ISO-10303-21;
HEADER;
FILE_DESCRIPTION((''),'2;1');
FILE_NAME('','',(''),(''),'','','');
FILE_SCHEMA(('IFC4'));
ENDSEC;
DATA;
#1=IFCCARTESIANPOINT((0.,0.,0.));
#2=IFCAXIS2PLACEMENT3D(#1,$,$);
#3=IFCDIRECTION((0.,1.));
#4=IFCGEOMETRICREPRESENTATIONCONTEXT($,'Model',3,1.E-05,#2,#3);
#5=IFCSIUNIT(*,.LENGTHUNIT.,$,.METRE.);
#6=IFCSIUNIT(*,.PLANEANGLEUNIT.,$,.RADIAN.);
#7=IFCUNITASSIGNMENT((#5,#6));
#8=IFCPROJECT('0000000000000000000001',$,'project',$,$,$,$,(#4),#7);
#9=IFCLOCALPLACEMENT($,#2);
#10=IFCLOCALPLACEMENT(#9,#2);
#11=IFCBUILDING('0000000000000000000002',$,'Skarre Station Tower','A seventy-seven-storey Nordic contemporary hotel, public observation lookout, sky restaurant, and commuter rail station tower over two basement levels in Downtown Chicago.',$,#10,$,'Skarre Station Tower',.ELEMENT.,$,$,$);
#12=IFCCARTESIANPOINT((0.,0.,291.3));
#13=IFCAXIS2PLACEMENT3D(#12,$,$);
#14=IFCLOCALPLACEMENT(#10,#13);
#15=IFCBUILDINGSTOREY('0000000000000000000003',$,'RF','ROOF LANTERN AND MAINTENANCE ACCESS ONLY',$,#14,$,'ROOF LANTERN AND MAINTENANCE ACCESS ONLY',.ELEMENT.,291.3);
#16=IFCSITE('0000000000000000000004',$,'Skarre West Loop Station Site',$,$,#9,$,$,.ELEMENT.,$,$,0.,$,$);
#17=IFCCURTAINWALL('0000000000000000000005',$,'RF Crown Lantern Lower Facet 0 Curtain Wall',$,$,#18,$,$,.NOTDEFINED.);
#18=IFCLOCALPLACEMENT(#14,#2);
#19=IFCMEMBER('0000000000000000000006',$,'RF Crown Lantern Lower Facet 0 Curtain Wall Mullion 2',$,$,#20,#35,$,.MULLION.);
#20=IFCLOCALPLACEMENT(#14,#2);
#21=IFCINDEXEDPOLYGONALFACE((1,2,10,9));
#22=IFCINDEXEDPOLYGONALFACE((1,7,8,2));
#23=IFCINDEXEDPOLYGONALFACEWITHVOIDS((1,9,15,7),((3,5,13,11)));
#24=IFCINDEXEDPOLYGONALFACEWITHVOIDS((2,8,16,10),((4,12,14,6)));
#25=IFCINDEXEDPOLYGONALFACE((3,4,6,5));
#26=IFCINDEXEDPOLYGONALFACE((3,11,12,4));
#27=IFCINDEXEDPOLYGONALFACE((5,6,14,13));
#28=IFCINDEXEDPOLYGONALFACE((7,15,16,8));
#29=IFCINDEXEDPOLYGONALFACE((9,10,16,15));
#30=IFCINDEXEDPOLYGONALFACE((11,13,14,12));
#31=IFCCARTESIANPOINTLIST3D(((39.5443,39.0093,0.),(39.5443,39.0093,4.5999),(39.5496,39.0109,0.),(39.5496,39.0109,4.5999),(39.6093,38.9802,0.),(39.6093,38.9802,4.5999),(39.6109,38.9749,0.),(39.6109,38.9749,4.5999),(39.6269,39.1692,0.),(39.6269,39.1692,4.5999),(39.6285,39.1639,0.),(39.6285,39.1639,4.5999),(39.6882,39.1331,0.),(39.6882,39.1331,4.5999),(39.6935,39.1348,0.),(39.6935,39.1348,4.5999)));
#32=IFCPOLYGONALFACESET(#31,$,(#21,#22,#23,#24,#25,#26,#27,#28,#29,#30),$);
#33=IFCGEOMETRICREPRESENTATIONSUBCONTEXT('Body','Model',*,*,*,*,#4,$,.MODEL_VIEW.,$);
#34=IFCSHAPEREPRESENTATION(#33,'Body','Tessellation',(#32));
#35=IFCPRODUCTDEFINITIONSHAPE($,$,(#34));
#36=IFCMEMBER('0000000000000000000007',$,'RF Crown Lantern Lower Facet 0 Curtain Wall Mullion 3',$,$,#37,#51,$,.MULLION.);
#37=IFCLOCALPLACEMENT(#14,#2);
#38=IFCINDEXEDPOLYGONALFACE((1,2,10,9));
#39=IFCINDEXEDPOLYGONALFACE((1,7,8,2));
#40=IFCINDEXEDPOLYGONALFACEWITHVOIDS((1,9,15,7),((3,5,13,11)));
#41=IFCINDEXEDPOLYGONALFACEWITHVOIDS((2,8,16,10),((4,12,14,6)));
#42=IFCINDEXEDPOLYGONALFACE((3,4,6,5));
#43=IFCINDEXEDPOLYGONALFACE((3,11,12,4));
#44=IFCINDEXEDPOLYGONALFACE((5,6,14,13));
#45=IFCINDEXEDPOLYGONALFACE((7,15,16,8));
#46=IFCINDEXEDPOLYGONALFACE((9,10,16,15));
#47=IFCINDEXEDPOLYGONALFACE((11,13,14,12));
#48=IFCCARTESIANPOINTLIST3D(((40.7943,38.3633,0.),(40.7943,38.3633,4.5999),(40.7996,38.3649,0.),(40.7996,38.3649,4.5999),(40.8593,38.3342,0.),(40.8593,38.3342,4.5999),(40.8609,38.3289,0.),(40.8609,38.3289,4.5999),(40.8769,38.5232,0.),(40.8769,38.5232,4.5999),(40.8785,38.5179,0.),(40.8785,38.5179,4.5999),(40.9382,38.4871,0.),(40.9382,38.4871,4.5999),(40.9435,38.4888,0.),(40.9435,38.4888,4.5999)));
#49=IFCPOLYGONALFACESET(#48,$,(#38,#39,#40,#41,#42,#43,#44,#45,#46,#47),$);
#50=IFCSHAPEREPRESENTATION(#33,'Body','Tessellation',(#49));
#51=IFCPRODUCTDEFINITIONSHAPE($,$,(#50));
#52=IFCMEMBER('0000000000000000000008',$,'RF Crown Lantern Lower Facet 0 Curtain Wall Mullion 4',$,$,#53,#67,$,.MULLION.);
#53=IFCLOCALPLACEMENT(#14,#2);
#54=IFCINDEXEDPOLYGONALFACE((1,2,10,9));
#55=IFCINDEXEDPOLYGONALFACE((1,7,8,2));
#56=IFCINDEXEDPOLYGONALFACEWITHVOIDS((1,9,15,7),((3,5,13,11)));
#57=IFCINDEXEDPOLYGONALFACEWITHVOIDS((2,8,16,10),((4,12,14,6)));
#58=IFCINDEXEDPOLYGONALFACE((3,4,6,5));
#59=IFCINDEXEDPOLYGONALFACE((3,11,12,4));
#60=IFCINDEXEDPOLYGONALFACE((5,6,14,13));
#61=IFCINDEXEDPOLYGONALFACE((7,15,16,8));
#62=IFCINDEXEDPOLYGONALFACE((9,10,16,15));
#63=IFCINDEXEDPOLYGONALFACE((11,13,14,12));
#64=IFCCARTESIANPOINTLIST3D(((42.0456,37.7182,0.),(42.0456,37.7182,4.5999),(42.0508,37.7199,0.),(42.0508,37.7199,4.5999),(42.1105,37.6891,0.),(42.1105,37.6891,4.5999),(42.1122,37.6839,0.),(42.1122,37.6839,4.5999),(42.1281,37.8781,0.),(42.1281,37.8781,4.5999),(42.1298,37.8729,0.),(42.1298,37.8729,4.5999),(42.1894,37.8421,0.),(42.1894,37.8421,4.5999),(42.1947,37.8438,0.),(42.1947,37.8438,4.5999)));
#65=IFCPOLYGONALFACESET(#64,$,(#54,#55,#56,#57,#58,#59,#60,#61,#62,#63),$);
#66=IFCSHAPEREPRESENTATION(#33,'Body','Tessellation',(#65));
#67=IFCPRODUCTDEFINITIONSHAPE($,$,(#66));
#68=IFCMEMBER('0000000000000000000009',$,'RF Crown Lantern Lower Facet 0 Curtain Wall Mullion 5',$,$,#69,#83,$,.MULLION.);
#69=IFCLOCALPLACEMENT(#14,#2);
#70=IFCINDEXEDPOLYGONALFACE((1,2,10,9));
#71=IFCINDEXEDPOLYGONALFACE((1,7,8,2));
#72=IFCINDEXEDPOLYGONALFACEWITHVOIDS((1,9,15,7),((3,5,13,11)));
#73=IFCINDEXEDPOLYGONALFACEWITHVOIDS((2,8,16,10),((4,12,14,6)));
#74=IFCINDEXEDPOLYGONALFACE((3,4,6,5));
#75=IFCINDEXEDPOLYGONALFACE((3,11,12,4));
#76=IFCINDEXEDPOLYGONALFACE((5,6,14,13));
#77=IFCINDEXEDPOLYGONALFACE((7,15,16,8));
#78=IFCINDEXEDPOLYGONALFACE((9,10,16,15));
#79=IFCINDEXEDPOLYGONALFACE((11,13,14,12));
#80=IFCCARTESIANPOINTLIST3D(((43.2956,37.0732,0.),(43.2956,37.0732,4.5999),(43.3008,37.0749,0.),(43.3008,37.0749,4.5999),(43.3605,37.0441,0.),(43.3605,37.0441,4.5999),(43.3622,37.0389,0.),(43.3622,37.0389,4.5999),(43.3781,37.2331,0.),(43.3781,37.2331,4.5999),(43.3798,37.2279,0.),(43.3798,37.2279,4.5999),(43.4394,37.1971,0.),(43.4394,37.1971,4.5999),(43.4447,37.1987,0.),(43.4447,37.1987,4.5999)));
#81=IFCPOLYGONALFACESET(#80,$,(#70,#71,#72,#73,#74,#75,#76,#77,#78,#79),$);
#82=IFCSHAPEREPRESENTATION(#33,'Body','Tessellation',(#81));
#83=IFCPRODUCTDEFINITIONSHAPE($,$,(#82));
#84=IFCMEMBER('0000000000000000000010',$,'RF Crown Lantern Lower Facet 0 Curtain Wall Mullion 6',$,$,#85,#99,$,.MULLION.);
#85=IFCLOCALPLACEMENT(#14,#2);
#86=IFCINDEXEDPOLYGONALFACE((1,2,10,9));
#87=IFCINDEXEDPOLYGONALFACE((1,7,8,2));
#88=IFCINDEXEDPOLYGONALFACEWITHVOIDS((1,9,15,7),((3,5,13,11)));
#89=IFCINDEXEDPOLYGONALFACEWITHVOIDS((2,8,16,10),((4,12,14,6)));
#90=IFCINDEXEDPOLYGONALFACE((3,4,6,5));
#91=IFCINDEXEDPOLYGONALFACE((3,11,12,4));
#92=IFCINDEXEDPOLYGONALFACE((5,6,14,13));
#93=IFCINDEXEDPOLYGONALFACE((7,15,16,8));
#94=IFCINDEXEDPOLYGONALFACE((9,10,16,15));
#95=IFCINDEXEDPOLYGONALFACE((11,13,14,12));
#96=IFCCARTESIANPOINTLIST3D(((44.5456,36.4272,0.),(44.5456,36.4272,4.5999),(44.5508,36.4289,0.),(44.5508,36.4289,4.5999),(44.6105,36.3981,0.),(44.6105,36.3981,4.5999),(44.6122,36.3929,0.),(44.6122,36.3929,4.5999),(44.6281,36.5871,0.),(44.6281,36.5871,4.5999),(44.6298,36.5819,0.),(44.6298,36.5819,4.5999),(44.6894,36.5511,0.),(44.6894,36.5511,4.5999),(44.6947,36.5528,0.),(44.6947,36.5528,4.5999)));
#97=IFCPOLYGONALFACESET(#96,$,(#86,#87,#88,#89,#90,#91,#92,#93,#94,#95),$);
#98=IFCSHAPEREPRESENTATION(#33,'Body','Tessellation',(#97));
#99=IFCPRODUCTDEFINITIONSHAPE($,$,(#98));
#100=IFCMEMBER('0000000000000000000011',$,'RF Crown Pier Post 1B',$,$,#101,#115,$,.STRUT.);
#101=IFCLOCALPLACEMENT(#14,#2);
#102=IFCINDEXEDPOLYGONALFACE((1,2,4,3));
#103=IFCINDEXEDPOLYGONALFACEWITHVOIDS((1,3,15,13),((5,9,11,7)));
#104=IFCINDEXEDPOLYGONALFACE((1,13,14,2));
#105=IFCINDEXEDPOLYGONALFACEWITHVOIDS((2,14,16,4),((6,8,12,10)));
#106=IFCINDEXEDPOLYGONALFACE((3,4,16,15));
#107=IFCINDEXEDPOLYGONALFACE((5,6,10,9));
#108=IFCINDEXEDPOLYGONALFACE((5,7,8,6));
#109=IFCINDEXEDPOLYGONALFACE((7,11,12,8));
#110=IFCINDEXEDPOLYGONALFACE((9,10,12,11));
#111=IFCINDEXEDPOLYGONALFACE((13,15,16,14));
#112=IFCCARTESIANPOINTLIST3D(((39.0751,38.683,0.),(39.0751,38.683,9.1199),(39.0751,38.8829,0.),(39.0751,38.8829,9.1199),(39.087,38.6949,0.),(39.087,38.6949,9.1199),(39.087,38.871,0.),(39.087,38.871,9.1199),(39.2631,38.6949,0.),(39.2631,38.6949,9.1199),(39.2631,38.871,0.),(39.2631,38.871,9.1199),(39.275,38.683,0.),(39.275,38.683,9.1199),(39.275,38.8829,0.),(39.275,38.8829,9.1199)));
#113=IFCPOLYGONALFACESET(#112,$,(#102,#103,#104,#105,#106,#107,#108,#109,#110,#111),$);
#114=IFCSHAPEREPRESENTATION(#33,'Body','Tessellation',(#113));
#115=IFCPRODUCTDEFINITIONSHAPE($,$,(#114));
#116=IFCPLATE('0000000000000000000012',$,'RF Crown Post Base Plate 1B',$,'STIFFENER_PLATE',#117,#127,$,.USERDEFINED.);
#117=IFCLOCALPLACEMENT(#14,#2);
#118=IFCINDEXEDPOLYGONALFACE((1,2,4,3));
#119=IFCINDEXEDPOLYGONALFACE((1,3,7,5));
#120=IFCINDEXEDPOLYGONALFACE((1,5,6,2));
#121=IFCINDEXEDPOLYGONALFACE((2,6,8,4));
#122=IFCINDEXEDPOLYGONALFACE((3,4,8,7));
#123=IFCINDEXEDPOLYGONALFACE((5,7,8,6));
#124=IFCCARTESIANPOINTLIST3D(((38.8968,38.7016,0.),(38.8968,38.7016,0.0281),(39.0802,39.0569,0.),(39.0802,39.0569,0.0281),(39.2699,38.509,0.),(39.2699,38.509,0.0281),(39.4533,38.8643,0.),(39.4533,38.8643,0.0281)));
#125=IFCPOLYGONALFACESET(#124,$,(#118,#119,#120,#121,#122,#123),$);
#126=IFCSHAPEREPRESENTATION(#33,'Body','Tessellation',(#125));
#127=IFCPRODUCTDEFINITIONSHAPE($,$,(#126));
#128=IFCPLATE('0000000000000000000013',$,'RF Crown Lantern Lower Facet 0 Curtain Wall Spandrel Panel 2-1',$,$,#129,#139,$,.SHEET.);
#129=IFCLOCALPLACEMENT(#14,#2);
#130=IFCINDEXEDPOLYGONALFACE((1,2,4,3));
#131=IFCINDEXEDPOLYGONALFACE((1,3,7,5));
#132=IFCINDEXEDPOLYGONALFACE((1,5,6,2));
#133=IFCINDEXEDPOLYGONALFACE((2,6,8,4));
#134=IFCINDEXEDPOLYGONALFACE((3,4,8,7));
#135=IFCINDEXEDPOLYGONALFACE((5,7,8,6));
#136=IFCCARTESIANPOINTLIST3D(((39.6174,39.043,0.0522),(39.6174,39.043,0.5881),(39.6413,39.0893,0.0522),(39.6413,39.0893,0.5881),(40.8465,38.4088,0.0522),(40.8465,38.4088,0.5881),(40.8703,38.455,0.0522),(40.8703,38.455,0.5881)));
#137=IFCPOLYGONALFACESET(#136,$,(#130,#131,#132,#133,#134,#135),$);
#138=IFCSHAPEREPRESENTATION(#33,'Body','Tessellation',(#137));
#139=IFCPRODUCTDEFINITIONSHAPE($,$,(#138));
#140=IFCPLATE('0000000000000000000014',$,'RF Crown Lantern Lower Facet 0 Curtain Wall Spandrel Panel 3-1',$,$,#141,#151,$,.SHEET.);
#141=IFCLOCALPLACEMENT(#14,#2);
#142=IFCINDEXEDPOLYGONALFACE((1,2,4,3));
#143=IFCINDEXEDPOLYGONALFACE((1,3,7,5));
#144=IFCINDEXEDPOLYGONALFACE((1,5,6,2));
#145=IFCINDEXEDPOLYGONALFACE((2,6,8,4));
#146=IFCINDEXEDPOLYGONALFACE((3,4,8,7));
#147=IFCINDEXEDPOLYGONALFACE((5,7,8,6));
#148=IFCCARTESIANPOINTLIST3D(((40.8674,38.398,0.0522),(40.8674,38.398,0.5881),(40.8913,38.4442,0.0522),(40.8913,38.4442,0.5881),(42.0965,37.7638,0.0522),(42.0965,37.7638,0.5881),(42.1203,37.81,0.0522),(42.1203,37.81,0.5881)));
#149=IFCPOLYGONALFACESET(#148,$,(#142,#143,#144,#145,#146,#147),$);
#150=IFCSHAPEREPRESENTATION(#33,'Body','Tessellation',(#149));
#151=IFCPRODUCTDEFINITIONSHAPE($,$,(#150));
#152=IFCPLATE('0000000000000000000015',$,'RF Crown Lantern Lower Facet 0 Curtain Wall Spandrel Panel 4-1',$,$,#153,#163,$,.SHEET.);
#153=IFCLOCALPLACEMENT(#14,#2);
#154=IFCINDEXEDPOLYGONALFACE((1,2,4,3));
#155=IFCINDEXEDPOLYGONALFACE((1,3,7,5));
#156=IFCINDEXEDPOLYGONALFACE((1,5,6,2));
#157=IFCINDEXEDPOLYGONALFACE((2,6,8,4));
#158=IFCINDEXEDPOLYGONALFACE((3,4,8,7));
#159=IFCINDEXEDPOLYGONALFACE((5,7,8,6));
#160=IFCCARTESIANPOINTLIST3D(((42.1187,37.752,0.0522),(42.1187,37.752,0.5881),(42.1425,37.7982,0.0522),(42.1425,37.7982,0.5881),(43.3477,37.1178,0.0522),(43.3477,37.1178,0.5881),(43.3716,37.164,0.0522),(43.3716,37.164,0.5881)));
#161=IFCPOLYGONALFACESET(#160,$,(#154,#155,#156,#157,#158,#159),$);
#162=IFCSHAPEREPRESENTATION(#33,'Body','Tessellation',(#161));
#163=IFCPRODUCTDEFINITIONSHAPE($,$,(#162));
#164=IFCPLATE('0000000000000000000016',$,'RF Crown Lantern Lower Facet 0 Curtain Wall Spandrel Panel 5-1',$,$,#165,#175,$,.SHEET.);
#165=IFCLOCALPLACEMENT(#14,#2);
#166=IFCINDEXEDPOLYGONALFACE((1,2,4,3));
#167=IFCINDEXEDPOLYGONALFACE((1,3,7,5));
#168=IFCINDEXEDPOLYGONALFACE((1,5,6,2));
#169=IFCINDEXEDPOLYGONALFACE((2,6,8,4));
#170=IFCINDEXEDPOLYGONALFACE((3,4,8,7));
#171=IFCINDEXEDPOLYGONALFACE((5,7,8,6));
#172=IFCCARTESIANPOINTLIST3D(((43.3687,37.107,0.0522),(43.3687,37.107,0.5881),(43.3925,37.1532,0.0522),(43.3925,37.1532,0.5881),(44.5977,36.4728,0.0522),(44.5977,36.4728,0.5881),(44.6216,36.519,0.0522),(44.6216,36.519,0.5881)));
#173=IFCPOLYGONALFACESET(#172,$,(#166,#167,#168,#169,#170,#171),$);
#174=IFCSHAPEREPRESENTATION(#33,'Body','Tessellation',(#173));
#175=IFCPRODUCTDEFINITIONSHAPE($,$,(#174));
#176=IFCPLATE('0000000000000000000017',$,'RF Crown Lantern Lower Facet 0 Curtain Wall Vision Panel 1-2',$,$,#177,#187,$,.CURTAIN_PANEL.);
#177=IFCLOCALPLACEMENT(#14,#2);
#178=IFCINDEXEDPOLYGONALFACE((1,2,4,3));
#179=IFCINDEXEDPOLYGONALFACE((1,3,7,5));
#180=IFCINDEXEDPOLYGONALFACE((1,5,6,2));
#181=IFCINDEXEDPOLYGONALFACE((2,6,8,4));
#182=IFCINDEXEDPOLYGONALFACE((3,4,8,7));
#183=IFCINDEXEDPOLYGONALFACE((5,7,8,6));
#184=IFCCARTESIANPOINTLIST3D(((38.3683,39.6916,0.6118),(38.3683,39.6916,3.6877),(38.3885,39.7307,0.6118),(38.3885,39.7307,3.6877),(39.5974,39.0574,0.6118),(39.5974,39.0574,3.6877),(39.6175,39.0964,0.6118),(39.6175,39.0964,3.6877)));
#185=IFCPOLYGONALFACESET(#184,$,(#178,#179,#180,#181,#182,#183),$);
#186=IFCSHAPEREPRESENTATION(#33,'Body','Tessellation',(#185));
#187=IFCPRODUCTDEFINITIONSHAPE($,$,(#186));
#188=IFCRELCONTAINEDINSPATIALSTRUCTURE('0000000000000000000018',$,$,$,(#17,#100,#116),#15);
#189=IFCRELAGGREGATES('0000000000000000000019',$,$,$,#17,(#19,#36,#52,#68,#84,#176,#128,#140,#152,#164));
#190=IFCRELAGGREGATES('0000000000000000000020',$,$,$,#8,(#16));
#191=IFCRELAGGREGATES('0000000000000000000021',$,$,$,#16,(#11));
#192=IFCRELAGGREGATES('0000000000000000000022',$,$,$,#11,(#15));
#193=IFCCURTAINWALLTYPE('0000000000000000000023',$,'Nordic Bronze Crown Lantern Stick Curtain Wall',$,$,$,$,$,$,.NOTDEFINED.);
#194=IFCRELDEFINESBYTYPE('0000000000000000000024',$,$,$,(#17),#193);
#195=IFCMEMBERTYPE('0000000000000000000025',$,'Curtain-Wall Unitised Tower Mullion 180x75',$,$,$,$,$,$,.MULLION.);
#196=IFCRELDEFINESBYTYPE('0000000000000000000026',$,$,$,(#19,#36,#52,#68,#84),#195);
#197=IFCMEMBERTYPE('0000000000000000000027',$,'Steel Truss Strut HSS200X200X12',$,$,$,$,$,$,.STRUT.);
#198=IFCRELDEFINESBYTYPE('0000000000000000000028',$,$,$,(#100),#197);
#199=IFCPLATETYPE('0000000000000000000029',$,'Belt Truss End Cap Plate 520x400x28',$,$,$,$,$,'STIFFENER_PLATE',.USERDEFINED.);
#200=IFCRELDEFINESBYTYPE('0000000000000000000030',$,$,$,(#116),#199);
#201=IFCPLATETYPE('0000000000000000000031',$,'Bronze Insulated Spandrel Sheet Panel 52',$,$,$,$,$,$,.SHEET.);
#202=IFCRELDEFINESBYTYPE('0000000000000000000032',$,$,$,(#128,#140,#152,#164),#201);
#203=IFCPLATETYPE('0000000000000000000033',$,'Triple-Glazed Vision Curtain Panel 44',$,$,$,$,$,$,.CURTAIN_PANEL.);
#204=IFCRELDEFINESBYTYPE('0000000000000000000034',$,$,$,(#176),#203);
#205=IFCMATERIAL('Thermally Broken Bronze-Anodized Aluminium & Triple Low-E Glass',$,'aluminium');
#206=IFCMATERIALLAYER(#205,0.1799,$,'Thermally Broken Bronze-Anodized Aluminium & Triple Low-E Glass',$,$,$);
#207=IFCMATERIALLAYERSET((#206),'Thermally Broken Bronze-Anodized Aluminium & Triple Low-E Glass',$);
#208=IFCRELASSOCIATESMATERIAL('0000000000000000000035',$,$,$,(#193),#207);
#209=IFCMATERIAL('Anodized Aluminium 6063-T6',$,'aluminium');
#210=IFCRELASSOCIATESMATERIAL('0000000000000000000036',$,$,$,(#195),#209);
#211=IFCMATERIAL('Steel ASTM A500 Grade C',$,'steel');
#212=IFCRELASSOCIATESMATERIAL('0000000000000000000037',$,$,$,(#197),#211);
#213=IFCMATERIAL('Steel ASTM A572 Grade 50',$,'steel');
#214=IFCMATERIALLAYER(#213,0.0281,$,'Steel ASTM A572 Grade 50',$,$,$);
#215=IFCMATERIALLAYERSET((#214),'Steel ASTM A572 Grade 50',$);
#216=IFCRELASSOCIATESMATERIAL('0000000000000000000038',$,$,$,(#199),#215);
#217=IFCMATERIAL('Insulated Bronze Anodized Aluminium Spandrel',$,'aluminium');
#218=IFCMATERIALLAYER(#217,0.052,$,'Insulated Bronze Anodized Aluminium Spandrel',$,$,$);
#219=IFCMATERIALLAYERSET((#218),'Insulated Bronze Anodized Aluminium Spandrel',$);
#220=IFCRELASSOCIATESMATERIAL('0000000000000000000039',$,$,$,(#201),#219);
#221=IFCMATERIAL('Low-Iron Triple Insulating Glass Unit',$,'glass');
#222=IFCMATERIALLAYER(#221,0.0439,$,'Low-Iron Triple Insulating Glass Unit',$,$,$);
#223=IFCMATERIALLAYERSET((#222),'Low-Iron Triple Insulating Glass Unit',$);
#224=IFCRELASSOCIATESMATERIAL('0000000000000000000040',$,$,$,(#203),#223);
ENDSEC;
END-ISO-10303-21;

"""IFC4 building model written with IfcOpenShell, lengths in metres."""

from ifc_helpers import new_model, si_unit, direction, frame, origin, origin_2d, place, context, subcontext, project, spatial, rectangle, hollow_rectangle, extrude, material, layer, layer_set, material_profile, profile_set, type_object, element, aggregate, save


model = new_model("IFC4")

# Units and contexts
model_context = context("Model", 3, precision=1e-05, world=origin(), true_north=direction((0.0, 1.0)))
body_context = subcontext(model_context, "Body", "Model", "MODEL_VIEW")
ifc_project = project(units=[si_unit("LENGTHUNIT", "METRE"), si_unit("PLANEANGLEUNIT", "RADIAN")], contexts=[model_context])

# Site, building, storey
site_placement = place(None, origin())
site = spatial("IfcSite", under=ifc_project, at=site_placement, Name="Skarre West Loop Station Site", CompositionType="ELEMENT", RefElevation=0.0)
building_placement = place(site_placement, origin())
building = spatial("IfcBuilding", under=site, at=building_placement, Name="Skarre Station Tower", Description="A seventy-seven-storey Nordic contemporary hotel, public observation lookout, sky restaurant, and commuter rail station tower over two basement levels in Downtown Chicago.", LongName="Skarre Station Tower", CompositionType="ELEMENT")
storey_placement = place(building_placement, frame((0.0, 0.0, 291.3)))
storey = spatial("IfcBuildingStorey", under=building, at=storey_placement, Name="RF", Description="ROOF LANTERN AND MAINTENANCE ACCESS ONLY", LongName="ROOF LANTERN AND MAINTENANCE ACCESS ONLY", CompositionType="ELEMENT", Elevation=291.3)

# Curtain wall, members
ifc_material_1 = material(Name="Thermally Broken Bronze-Anodized Aluminium & Triple Low-E Glass", Category="aluminium")
ifc_layer_1 = layer(ifc_material_1, 0.1799, Name="Thermally Broken Bronze-Anodized Aluminium & Triple Low-E Glass")
ifc_layer_set_1 = layer_set([ifc_layer_1], Name="Thermally Broken Bronze-Anodized Aluminium & Triple Low-E Glass")
curtain_wall_type = type_object("IfcCurtainWallType", Name="Nordic Bronze Crown Lantern Stick Curtain Wall", PredefinedType="NOTDEFINED", material=ifc_layer_set_1)
curtain_wall_placement = place(storey_placement, origin())
curtain_wall = element("IfcCurtainWall", 1, at=curtain_wall_placement, inside=storey, type_object=curtain_wall_type, Name="RF Crown Lantern Lower Facet 0 Curtain Wall", PredefinedType="NOTDEFINED")
ifc_material_2 = material(Name="Anodized Aluminium 6063-T6", Category="aluminium")
ifc_material_profile_1 = material_profile(ifc_material_2, hollow_rectangle(XDim=0.075, YDim=0.1799, WallThickness=0.0039, at=origin_2d()), Name="Anodized Aluminium 6063-T6")
ifc_profile_set_1 = profile_set([ifc_material_profile_1], Name="Anodized Aluminium 6063-T6")
member_type_1 = type_object("IfcMemberType", Name="Curtain-Wall Unitised Tower Mullion 180x75", PredefinedType="MULLION", material=ifc_profile_set_1)
member_1_placement = place(storey_placement, frame((39.6189, 39.072, 0.0), z_axis=(0.0, 0.0, 1.0), x_axis=(0.888649, -0.458588, 0.0)))
member_1 = element("IfcMember", 2, at=member_1_placement, type_object=member_type_1, Name="RF Crown Lantern Lower Facet 0 Curtain Wall Mullion 2", PredefinedType="MULLION", context=body_context, shape_type="SweptSolid", body=[
    extrude(hollow_rectangle(XDim=0.075, YDim=0.1799, WallThickness=0.0039, at=origin_2d()), origin(), (0.0, 0.0, 1.0), 4.5999),
])
member_2_placement = place(storey_placement, frame((40.8689, 38.426, 0.0), z_axis=(0.0, 0.0, 1.0), x_axis=(0.888649, -0.458588, 0.0)))
member_2 = element("IfcMember", 3, at=member_2_placement, type_object=member_type_1, Name="RF Crown Lantern Lower Facet 0 Curtain Wall Mullion 3", PredefinedType="MULLION", context=body_context, shape_type="SweptSolid", body=[
    extrude(hollow_rectangle(XDim=0.075, YDim=0.1799, WallThickness=0.0039, at=origin_2d()), origin(), (0.0, 0.0, 1.0), 4.5999),
])
member_3_placement = place(storey_placement, frame((42.1201, 37.781, 0.0), z_axis=(0.0, 0.0, 1.0), x_axis=(0.888649, -0.458588, 0.0)))
member_3 = element("IfcMember", 4, at=member_3_placement, type_object=member_type_1, Name="RF Crown Lantern Lower Facet 0 Curtain Wall Mullion 4", PredefinedType="MULLION", context=body_context, shape_type="SweptSolid", body=[
    extrude(hollow_rectangle(XDim=0.075, YDim=0.1799, WallThickness=0.0039, at=origin_2d()), origin(), (0.0, 0.0, 1.0), 4.5999),
])
member_4_placement = place(storey_placement, frame((43.3701, 37.136, 0.0), z_axis=(0.0, 0.0, 1.0), x_axis=(0.888649, -0.458588, 0.0)))
member_4 = element("IfcMember", 5, at=member_4_placement, type_object=member_type_1, Name="RF Crown Lantern Lower Facet 0 Curtain Wall Mullion 5", PredefinedType="MULLION", context=body_context, shape_type="SweptSolid", body=[
    extrude(hollow_rectangle(XDim=0.075, YDim=0.1799, WallThickness=0.0039, at=origin_2d()), origin(), (0.0, 0.0, 1.0), 4.5999),
])
member_5_placement = place(storey_placement, frame((44.6201, 36.49, 0.0), z_axis=(0.0, 0.0, 1.0), x_axis=(0.888649, -0.458588, 0.0)))
member_5 = element("IfcMember", 6, at=member_5_placement, type_object=member_type_1, Name="RF Crown Lantern Lower Facet 0 Curtain Wall Mullion 6", PredefinedType="MULLION", context=body_context, shape_type="SweptSolid", body=[
    extrude(hollow_rectangle(XDim=0.075, YDim=0.1799, WallThickness=0.0039, at=origin_2d()), origin(), (0.0, 0.0, 1.0), 4.5999),
])

# Member
ifc_material_3 = material(Name="Steel ASTM A500 Grade C", Category="steel")
ifc_material_profile_2 = material_profile(ifc_material_3, hollow_rectangle(XDim=0.2, YDim=0.2, WallThickness=0.012, at=origin_2d()), Name="Steel ASTM A500 Grade C")
ifc_profile_set_2 = profile_set([ifc_material_profile_2], Name="Steel ASTM A500 Grade C")
member_type_2 = type_object("IfcMemberType", Name="Steel Truss Strut HSS200X200X12", PredefinedType="STRUT", material=ifc_profile_set_2)
member_6_placement = place(storey_placement, frame((39.175, 38.783, 0.0), z_axis=(0.0, 0.0, 1.0), x_axis=(1.0, 0.0, 0.0)))
element("IfcMember", 7, at=member_6_placement, inside=storey, type_object=member_type_2, Name="RF Crown Pier Post 1B", PredefinedType="STRUT", context=body_context, shape_type="SweptSolid", body=[
    extrude(hollow_rectangle(XDim=0.2, YDim=0.2, WallThickness=0.012, at=origin_2d()), origin(), (0.0, 0.0, 1.0), 9.1199),
])

# Plates
ifc_material_4 = material(Name="Steel ASTM A572 Grade 50", Category="steel")
ifc_layer_2 = layer(ifc_material_4, 0.0281, Name="Steel ASTM A572 Grade 50")
ifc_layer_set_2 = layer_set([ifc_layer_2], Name="Steel ASTM A572 Grade 50")
plate_type_1 = type_object("IfcPlateType", Name="Belt Truss End Cap Plate 520x400x28", ElementType="STIFFENER_PLATE", PredefinedType="USERDEFINED", material=ifc_layer_set_2)
plate_1_placement = place(storey_placement, frame((39.175, 38.783, 0.0), z_axis=(0.0, 0.0, 1.0), x_axis=(-0.888601, 0.458681, 0.0)))
element("IfcPlate", 8, at=plate_1_placement, inside=storey, type_object=plate_type_1, Name="RF Crown Post Base Plate 1B", ObjectType="STIFFENER_PLATE", PredefinedType="USERDEFINED", context=body_context, shape_type="SweptSolid", body=[
    extrude(rectangle(XDim=0.4199, YDim=0.3999, at=origin_2d()), origin(), (0.0, 0.0, 1.0), 0.0281),
])
ifc_material_5 = material(Name="Insulated Bronze Anodized Aluminium Spandrel", Category="aluminium")
ifc_layer_3 = layer(ifc_material_5, 0.052, Name="Insulated Bronze Anodized Aluminium Spandrel")
ifc_layer_set_3 = layer_set([ifc_layer_3], Name="Insulated Bronze Anodized Aluminium Spandrel")
plate_type_2 = type_object("IfcPlateType", Name="Bronze Insulated Spandrel Sheet Panel 52", PredefinedType="SHEET", material=ifc_layer_set_3)
plate_2_placement = place(storey_placement, frame((40.2439, 38.749, 0.0522), z_axis=(0.0, 0.0, 1.0), x_axis=(0.888649, -0.458588, 0.0)))
plate_2 = element("IfcPlate", 9, at=plate_2_placement, type_object=plate_type_2, Name="RF Crown Lantern Lower Facet 0 Curtain Wall Spandrel Panel 2-1", PredefinedType="SHEET", context=body_context, shape_type="SweptSolid", body=[
    extrude(rectangle(XDim=1.3831, YDim=0.052, at=origin_2d()), origin(), (0.0, 0.0, 1.0), 0.5359),
])
plate_3_placement = place(storey_placement, frame((41.4939, 38.104, 0.0522), z_axis=(0.0, 0.0, 1.0), x_axis=(0.888649, -0.458588, 0.0)))
plate_3 = element("IfcPlate", 10, at=plate_3_placement, type_object=plate_type_2, Name="RF Crown Lantern Lower Facet 0 Curtain Wall Spandrel Panel 3-1", PredefinedType="SHEET", context=body_context, shape_type="SweptSolid", body=[
    extrude(rectangle(XDim=1.3831, YDim=0.052, at=origin_2d()), origin(), (0.0, 0.0, 1.0), 0.5359),
])
plate_4_placement = place(storey_placement, frame((42.7451, 37.458, 0.0522), z_axis=(0.0, 0.0, 1.0), x_axis=(0.888649, -0.458588, 0.0)))
plate_4 = element("IfcPlate", 11, at=plate_4_placement, type_object=plate_type_2, Name="RF Crown Lantern Lower Facet 0 Curtain Wall Spandrel Panel 4-1", PredefinedType="SHEET", context=body_context, shape_type="SweptSolid", body=[
    extrude(rectangle(XDim=1.3831, YDim=0.052, at=origin_2d()), origin(), (0.0, 0.0, 1.0), 0.5359),
])
plate_5_placement = place(storey_placement, frame((43.9951, 36.813, 0.0522), z_axis=(0.0, 0.0, 1.0), x_axis=(0.888649, -0.458588, 0.0)))
plate_5 = element("IfcPlate", 12, at=plate_5_placement, type_object=plate_type_2, Name="RF Crown Lantern Lower Facet 0 Curtain Wall Spandrel Panel 5-1", PredefinedType="SHEET", context=body_context, shape_type="SweptSolid", body=[
    extrude(rectangle(XDim=1.3831, YDim=0.052, at=origin_2d()), origin(), (0.0, 0.0, 1.0), 0.5359),
])
ifc_material_6 = material(Name="Low-Iron Triple Insulating Glass Unit", Category="glass")
ifc_layer_4 = layer(ifc_material_6, 0.0439, Name="Low-Iron Triple Insulating Glass Unit")
ifc_layer_set_4 = layer_set([ifc_layer_4], Name="Low-Iron Triple Insulating Glass Unit")
plate_type_3 = type_object("IfcPlateType", Name="Triple-Glazed Vision Curtain Panel 44", PredefinedType="CURTAIN_PANEL", material=ifc_layer_set_4)
plate_6_placement = place(storey_placement, frame((38.9929, 39.394, 0.6118), z_axis=(0.0, 0.0, 1.0), x_axis=(0.888649, -0.458588, 0.0)))
plate_6 = element("IfcPlate", 13, at=plate_6_placement, type_object=plate_type_3, Name="RF Crown Lantern Lower Facet 0 Curtain Wall Vision Panel 1-2", PredefinedType="CURTAIN_PANEL", context=body_context, shape_type="SweptSolid", body=[
    extrude(rectangle(XDim=1.3831, YDim=0.0439, at=origin_2d()), origin(), (0.0, 0.0, 1.0), 3.0759),
])
aggregate(curtain_wall, [member_1, member_2, member_3, member_4, member_5, plate_6, plate_2, plate_3, plate_4, plate_5])

save(model, "model.ifc")
